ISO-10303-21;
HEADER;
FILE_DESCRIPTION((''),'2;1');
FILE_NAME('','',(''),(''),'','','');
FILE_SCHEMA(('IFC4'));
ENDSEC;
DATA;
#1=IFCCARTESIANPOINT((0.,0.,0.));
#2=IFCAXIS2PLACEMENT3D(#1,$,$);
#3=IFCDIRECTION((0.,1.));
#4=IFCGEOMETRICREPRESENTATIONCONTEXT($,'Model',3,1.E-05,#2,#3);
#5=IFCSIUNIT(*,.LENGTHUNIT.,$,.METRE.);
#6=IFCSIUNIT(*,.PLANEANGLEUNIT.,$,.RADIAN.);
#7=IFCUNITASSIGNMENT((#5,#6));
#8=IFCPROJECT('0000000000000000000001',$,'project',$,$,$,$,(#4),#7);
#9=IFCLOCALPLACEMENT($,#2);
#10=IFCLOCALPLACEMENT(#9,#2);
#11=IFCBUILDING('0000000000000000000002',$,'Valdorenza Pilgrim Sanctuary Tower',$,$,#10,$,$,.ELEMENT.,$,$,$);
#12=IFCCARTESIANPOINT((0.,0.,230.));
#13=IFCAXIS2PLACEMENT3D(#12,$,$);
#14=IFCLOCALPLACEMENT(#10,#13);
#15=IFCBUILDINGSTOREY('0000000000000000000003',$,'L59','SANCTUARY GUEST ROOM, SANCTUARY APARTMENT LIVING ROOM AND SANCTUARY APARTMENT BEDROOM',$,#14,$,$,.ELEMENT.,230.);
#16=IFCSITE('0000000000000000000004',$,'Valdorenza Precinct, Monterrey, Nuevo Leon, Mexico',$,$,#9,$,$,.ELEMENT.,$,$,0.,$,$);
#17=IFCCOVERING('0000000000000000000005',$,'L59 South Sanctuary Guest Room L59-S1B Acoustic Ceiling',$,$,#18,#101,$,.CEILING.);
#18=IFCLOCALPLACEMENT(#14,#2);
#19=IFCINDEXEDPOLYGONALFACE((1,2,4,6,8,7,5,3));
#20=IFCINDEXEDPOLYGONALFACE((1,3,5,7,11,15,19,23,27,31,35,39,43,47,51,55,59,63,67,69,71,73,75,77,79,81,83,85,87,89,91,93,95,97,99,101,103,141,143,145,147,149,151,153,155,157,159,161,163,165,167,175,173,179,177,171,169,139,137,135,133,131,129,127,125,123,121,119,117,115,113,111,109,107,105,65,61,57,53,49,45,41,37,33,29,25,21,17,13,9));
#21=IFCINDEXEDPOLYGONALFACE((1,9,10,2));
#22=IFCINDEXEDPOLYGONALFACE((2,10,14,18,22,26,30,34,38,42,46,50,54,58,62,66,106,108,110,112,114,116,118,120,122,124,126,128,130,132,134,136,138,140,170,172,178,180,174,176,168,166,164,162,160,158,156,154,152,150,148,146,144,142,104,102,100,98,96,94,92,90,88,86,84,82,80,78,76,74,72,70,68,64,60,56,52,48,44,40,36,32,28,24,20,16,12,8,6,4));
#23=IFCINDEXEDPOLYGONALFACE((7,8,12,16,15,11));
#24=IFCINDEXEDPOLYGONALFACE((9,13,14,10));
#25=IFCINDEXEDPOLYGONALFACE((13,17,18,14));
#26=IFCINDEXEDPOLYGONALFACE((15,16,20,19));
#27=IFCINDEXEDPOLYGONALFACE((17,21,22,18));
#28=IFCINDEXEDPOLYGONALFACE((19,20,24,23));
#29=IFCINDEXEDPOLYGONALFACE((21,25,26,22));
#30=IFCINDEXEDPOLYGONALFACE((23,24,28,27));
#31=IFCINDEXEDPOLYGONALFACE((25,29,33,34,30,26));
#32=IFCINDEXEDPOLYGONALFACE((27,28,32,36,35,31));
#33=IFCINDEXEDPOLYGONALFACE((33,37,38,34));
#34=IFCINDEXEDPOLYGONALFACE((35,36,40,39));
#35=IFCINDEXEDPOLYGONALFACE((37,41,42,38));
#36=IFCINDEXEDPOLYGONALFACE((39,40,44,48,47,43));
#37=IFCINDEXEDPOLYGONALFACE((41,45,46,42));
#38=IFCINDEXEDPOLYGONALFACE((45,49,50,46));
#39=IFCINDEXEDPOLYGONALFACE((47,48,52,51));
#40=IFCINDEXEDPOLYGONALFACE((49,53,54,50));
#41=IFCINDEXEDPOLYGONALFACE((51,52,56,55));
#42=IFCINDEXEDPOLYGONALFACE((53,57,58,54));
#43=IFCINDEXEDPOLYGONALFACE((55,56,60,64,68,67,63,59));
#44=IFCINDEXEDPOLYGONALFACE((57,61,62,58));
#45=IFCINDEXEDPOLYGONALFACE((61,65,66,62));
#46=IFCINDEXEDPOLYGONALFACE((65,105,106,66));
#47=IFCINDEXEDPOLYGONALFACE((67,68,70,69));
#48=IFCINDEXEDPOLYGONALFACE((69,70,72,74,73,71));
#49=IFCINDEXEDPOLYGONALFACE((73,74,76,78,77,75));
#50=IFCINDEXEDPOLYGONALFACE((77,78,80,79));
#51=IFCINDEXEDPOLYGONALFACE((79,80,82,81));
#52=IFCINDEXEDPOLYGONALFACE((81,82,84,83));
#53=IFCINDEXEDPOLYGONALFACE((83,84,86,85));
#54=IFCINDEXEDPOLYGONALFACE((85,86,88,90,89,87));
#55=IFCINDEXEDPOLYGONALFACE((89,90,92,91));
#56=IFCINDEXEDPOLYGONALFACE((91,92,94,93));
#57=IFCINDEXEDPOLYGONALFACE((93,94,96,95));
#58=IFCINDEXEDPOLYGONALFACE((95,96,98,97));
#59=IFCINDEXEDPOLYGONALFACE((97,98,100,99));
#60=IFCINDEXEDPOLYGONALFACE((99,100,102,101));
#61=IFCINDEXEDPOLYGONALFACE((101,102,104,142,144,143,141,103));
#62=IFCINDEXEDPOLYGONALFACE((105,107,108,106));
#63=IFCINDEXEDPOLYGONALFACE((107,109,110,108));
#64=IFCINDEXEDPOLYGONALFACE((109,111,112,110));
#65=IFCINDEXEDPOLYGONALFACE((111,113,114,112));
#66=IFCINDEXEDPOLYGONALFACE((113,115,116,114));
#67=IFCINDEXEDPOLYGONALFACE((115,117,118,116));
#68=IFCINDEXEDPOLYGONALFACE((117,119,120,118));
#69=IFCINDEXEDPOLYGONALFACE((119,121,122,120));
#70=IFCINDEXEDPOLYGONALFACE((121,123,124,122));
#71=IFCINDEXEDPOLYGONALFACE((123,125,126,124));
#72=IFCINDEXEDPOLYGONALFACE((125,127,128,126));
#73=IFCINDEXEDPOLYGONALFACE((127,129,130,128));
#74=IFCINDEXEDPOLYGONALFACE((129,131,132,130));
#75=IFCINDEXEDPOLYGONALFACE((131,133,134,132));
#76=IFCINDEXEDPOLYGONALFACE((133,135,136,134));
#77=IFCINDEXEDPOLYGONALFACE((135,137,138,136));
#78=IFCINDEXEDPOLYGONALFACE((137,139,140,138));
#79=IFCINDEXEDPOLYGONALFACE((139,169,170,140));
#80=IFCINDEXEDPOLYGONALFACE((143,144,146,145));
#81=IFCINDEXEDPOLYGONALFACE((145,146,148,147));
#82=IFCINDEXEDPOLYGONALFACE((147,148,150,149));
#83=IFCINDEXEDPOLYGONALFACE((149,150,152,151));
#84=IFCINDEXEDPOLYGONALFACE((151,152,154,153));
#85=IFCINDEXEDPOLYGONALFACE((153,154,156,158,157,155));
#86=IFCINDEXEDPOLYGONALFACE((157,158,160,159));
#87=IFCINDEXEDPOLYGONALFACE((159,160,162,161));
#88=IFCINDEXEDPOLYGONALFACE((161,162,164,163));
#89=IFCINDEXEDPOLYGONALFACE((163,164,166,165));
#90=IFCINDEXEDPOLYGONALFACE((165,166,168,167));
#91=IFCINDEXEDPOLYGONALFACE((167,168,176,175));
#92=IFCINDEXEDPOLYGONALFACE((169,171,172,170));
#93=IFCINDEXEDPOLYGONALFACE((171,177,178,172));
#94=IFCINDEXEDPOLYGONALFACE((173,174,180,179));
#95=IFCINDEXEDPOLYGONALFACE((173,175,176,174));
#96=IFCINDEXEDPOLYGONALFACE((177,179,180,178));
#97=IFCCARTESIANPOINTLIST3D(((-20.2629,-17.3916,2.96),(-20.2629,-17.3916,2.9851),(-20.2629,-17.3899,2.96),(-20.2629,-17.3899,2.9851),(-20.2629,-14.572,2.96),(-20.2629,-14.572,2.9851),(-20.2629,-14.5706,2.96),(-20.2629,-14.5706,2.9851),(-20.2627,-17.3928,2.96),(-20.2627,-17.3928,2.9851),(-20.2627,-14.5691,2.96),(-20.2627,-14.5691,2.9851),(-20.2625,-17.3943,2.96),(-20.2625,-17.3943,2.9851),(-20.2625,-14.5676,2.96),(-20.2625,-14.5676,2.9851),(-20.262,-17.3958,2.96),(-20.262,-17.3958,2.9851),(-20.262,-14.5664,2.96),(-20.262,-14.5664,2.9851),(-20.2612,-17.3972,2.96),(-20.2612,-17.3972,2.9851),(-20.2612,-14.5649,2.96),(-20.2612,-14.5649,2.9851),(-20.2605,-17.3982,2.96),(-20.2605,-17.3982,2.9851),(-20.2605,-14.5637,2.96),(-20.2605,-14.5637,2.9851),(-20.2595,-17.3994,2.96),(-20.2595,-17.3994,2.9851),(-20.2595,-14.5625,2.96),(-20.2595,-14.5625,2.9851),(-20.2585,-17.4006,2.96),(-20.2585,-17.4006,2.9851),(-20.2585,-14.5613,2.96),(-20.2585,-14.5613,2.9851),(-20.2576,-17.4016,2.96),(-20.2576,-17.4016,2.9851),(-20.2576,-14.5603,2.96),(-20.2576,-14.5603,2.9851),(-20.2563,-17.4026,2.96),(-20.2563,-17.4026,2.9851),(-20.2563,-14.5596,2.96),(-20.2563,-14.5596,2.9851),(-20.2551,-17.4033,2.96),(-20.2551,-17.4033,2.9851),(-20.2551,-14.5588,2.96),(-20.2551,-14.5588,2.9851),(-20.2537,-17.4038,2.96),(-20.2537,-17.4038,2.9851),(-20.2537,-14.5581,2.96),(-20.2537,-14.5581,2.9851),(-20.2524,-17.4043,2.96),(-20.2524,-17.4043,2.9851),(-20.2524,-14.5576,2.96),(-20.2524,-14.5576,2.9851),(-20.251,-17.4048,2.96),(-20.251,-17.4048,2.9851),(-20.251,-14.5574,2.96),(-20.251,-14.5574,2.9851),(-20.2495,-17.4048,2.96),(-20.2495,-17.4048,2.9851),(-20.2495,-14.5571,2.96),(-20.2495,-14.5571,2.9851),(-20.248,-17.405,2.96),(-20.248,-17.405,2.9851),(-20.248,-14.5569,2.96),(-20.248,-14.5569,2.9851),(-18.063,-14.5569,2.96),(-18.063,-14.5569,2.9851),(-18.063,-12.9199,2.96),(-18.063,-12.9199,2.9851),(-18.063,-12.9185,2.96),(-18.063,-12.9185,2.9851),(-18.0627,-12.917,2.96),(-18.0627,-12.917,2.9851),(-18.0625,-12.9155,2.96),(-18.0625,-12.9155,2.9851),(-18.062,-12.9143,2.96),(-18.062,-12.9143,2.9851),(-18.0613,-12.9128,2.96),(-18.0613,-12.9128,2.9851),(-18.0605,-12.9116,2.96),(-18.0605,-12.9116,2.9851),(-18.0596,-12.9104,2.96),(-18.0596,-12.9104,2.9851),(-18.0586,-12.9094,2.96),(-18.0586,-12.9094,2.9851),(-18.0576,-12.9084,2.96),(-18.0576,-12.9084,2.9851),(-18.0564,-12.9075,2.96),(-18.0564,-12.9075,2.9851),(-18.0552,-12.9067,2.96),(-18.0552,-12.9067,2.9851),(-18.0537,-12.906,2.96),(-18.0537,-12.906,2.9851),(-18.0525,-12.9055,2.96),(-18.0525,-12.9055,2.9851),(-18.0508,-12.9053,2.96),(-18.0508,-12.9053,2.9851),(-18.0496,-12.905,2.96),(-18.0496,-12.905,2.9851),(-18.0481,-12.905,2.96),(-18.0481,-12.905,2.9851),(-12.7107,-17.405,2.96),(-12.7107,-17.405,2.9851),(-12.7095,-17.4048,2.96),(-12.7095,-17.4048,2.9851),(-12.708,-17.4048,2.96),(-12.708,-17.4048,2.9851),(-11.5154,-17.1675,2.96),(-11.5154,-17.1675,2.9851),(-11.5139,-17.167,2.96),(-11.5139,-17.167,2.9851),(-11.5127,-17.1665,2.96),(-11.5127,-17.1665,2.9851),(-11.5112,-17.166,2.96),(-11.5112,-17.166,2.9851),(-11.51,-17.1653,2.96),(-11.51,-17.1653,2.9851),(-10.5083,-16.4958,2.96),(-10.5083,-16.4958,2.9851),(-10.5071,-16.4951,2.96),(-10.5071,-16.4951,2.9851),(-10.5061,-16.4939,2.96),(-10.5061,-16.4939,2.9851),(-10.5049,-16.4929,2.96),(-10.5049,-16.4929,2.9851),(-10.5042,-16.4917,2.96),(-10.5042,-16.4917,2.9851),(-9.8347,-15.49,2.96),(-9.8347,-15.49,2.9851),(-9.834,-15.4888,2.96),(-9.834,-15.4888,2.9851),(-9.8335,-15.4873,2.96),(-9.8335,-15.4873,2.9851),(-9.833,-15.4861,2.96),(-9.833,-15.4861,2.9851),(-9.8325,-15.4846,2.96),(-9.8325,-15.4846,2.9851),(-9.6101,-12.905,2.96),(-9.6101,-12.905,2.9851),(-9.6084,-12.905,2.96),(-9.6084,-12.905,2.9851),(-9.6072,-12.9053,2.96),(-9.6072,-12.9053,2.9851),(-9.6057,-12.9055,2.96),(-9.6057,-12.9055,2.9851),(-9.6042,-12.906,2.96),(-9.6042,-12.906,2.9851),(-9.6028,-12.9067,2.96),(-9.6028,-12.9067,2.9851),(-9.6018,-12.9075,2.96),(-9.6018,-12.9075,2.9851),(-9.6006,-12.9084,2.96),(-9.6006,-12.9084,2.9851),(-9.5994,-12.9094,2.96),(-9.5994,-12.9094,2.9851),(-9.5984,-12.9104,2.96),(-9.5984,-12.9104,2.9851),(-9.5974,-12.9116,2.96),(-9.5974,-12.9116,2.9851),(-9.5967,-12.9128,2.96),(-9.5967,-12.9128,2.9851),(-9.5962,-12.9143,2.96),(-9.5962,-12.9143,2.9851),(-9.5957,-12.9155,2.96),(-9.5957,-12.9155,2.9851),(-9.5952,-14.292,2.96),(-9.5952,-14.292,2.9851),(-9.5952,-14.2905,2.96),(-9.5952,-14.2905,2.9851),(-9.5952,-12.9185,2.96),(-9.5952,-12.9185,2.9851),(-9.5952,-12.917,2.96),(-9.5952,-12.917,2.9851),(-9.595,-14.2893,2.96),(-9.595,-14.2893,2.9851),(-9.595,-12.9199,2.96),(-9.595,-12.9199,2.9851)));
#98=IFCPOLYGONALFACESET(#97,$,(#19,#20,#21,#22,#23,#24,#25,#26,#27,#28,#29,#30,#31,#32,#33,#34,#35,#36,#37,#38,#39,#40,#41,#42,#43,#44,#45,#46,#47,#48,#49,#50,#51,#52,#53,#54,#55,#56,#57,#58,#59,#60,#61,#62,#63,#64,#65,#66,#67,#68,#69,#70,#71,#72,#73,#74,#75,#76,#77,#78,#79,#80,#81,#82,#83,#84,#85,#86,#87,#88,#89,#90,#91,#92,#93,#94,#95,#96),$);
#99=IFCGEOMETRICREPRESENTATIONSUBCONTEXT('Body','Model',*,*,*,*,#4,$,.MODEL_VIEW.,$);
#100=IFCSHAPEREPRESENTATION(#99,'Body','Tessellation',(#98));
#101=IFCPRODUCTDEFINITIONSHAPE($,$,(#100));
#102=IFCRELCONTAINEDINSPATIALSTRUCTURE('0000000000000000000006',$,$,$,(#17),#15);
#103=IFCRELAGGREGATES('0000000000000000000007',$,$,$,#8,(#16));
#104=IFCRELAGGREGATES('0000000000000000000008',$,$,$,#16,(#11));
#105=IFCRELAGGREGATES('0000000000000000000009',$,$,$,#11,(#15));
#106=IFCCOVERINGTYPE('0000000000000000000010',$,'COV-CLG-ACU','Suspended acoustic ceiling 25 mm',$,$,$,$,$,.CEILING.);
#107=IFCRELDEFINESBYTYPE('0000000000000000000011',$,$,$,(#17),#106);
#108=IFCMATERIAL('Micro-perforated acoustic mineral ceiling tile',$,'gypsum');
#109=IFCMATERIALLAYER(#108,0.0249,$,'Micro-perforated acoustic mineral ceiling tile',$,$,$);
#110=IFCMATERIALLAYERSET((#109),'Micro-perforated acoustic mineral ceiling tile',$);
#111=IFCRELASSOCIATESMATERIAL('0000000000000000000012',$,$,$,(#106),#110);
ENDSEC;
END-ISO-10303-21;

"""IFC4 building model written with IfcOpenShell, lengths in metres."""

from ifc_helpers import new_model, si_unit, direction, frame, origin, place, context, subcontext, project, spatial, polyline, outline, extrude, material, layer, layer_set, type_object, element, save


model = new_model("IFC4")

# Units and contexts
model_context = context("Model", 3, precision=1e-05, world=origin(), true_north=direction((0.0, 1.0)))
body_context = subcontext(model_context, "Body", "Model", "MODEL_VIEW")
ifc_project = project(units=[si_unit("LENGTHUNIT", "METRE"), si_unit("PLANEANGLEUNIT", "RADIAN")], contexts=[model_context])

# Site, building, storey
site_placement = place(None, origin())
site = spatial("IfcSite", under=ifc_project, at=site_placement, Name="Valdorenza Precinct, Monterrey, Nuevo Leon, Mexico", CompositionType="ELEMENT", RefElevation=0.0)
building_placement = place(site_placement, origin())
building = spatial("IfcBuilding", under=site, at=building_placement, Name="Valdorenza Pilgrim Sanctuary Tower", CompositionType="ELEMENT")
storey_placement = place(building_placement, frame((0.0, 0.0, 230.0)))
storey = spatial("IfcBuildingStorey", under=building, at=storey_placement, Name="L59", Description="SANCTUARY GUEST ROOM, SANCTUARY APARTMENT LIVING ROOM AND SANCTUARY APARTMENT BEDROOM", CompositionType="ELEMENT", Elevation=230.0)

# Covering
ifc_material_1 = material(Name="Micro-perforated acoustic mineral ceiling tile", Category="gypsum")
ifc_layer_1 = layer(ifc_material_1, 0.0249, Name="Micro-perforated acoustic mineral ceiling tile")
ifc_layer_set_1 = layer_set([ifc_layer_1], Name="Micro-perforated acoustic mineral ceiling tile")
covering_type_1 = type_object("IfcCoveringType", Name="COV-CLG-ACU", Description="Suspended acoustic ceiling 25 mm", PredefinedType="CEILING", material=ifc_layer_set_1)
covering_1_placement = place(storey_placement, frame((0.0, 0.0, 2.96)))
element("IfcCovering", 1, at=covering_1_placement, inside=storey, type_object=covering_type_1, Name="L59 South Sanctuary Guest Room L59-S1B Acoustic Ceiling", PredefinedType="CEILING", context=body_context, shape_type="SweptSolid", body=[
    extrude(outline(polyline([(-18.063, -14.5569), (-18.063, -12.9199), (-18.063, -12.9185), (-18.0627, -12.917), (-18.0625, -12.9155), (-18.062, -12.9143), (-18.0613, -12.9128), (-18.0605, -12.9116), (-18.0596, -12.9104), (-18.0586, -12.9094), (-18.0576, -12.9084), (-18.0564, -12.9075), (-18.0552, -12.9067), (-18.0537, -12.906), (-18.0525, -12.9055), (-18.0508, -12.9053), (-18.0496, -12.905), (-18.0481, -12.905), (-9.6101, -12.905), (-9.6084, -12.905), (-9.6072, -12.9053), (-9.6057, -12.9055), (-9.6042, -12.906), (-9.6028, -12.9067), (-9.6018, -12.9075), (-9.6006, -12.9084), (-9.5994, -12.9094), (-9.5984, -12.9104), (-9.5974, -12.9116), (-9.5967, -12.9128), (-9.5962, -12.9143), (-9.5957, -12.9155), (-9.5952, -12.917), (-9.5952, -12.9185), (-9.595, -12.9199), (-9.595, -14.2893), (-9.5952, -14.2905), (-9.5952, -14.292), (-9.8325, -15.4846), (-9.833, -15.4861), (-9.8335, -15.4873), (-9.834, -15.4888), (-9.8347, -15.49), (-10.5042, -16.4917), (-10.5049, -16.4929), (-10.5061, -16.4939), (-10.5071, -16.4951), (-10.5083, -16.4958), (-11.51, -17.1653), (-11.5112, -17.166), (-11.5127, -17.1665), (-11.5139, -17.167), (-11.5154, -17.1675), (-12.708, -17.4048), (-12.7095, -17.4048), (-12.7107, -17.405), (-20.248, -17.405), (-20.2495, -17.4048), (-20.251, -17.4048), (-20.2524, -17.4043), (-20.2537, -17.4038), (-20.2551, -17.4033), (-20.2563, -17.4026), (-20.2576, -17.4016), (-20.2585, -17.4006), (-20.2595, -17.3994), (-20.2605, -17.3982), (-20.2612, -17.3972), (-20.262, -17.3958), (-20.2625, -17.3943), (-20.2627, -17.3928), (-20.2629, -17.3916), (-20.2629, -17.3899), (-20.2629, -14.572), (-20.2629, -14.5706), (-20.2627, -14.5691), (-20.2625, -14.5676), (-20.262, -14.5664), (-20.2612, -14.5649), (-20.2605, -14.5637), (-20.2595, -14.5625), (-20.2585, -14.5613), (-20.2576, -14.5603), (-20.2563, -14.5596), (-20.2551, -14.5588), (-20.2537, -14.5581), (-20.2524, -14.5576), (-20.251, -14.5574), (-20.2495, -14.5571), (-20.248, -14.5569), (-18.063, -14.5569)])), origin(), (0.0, 0.0, 1.0), 0.0251),
])

save(model, "model.ifc")
